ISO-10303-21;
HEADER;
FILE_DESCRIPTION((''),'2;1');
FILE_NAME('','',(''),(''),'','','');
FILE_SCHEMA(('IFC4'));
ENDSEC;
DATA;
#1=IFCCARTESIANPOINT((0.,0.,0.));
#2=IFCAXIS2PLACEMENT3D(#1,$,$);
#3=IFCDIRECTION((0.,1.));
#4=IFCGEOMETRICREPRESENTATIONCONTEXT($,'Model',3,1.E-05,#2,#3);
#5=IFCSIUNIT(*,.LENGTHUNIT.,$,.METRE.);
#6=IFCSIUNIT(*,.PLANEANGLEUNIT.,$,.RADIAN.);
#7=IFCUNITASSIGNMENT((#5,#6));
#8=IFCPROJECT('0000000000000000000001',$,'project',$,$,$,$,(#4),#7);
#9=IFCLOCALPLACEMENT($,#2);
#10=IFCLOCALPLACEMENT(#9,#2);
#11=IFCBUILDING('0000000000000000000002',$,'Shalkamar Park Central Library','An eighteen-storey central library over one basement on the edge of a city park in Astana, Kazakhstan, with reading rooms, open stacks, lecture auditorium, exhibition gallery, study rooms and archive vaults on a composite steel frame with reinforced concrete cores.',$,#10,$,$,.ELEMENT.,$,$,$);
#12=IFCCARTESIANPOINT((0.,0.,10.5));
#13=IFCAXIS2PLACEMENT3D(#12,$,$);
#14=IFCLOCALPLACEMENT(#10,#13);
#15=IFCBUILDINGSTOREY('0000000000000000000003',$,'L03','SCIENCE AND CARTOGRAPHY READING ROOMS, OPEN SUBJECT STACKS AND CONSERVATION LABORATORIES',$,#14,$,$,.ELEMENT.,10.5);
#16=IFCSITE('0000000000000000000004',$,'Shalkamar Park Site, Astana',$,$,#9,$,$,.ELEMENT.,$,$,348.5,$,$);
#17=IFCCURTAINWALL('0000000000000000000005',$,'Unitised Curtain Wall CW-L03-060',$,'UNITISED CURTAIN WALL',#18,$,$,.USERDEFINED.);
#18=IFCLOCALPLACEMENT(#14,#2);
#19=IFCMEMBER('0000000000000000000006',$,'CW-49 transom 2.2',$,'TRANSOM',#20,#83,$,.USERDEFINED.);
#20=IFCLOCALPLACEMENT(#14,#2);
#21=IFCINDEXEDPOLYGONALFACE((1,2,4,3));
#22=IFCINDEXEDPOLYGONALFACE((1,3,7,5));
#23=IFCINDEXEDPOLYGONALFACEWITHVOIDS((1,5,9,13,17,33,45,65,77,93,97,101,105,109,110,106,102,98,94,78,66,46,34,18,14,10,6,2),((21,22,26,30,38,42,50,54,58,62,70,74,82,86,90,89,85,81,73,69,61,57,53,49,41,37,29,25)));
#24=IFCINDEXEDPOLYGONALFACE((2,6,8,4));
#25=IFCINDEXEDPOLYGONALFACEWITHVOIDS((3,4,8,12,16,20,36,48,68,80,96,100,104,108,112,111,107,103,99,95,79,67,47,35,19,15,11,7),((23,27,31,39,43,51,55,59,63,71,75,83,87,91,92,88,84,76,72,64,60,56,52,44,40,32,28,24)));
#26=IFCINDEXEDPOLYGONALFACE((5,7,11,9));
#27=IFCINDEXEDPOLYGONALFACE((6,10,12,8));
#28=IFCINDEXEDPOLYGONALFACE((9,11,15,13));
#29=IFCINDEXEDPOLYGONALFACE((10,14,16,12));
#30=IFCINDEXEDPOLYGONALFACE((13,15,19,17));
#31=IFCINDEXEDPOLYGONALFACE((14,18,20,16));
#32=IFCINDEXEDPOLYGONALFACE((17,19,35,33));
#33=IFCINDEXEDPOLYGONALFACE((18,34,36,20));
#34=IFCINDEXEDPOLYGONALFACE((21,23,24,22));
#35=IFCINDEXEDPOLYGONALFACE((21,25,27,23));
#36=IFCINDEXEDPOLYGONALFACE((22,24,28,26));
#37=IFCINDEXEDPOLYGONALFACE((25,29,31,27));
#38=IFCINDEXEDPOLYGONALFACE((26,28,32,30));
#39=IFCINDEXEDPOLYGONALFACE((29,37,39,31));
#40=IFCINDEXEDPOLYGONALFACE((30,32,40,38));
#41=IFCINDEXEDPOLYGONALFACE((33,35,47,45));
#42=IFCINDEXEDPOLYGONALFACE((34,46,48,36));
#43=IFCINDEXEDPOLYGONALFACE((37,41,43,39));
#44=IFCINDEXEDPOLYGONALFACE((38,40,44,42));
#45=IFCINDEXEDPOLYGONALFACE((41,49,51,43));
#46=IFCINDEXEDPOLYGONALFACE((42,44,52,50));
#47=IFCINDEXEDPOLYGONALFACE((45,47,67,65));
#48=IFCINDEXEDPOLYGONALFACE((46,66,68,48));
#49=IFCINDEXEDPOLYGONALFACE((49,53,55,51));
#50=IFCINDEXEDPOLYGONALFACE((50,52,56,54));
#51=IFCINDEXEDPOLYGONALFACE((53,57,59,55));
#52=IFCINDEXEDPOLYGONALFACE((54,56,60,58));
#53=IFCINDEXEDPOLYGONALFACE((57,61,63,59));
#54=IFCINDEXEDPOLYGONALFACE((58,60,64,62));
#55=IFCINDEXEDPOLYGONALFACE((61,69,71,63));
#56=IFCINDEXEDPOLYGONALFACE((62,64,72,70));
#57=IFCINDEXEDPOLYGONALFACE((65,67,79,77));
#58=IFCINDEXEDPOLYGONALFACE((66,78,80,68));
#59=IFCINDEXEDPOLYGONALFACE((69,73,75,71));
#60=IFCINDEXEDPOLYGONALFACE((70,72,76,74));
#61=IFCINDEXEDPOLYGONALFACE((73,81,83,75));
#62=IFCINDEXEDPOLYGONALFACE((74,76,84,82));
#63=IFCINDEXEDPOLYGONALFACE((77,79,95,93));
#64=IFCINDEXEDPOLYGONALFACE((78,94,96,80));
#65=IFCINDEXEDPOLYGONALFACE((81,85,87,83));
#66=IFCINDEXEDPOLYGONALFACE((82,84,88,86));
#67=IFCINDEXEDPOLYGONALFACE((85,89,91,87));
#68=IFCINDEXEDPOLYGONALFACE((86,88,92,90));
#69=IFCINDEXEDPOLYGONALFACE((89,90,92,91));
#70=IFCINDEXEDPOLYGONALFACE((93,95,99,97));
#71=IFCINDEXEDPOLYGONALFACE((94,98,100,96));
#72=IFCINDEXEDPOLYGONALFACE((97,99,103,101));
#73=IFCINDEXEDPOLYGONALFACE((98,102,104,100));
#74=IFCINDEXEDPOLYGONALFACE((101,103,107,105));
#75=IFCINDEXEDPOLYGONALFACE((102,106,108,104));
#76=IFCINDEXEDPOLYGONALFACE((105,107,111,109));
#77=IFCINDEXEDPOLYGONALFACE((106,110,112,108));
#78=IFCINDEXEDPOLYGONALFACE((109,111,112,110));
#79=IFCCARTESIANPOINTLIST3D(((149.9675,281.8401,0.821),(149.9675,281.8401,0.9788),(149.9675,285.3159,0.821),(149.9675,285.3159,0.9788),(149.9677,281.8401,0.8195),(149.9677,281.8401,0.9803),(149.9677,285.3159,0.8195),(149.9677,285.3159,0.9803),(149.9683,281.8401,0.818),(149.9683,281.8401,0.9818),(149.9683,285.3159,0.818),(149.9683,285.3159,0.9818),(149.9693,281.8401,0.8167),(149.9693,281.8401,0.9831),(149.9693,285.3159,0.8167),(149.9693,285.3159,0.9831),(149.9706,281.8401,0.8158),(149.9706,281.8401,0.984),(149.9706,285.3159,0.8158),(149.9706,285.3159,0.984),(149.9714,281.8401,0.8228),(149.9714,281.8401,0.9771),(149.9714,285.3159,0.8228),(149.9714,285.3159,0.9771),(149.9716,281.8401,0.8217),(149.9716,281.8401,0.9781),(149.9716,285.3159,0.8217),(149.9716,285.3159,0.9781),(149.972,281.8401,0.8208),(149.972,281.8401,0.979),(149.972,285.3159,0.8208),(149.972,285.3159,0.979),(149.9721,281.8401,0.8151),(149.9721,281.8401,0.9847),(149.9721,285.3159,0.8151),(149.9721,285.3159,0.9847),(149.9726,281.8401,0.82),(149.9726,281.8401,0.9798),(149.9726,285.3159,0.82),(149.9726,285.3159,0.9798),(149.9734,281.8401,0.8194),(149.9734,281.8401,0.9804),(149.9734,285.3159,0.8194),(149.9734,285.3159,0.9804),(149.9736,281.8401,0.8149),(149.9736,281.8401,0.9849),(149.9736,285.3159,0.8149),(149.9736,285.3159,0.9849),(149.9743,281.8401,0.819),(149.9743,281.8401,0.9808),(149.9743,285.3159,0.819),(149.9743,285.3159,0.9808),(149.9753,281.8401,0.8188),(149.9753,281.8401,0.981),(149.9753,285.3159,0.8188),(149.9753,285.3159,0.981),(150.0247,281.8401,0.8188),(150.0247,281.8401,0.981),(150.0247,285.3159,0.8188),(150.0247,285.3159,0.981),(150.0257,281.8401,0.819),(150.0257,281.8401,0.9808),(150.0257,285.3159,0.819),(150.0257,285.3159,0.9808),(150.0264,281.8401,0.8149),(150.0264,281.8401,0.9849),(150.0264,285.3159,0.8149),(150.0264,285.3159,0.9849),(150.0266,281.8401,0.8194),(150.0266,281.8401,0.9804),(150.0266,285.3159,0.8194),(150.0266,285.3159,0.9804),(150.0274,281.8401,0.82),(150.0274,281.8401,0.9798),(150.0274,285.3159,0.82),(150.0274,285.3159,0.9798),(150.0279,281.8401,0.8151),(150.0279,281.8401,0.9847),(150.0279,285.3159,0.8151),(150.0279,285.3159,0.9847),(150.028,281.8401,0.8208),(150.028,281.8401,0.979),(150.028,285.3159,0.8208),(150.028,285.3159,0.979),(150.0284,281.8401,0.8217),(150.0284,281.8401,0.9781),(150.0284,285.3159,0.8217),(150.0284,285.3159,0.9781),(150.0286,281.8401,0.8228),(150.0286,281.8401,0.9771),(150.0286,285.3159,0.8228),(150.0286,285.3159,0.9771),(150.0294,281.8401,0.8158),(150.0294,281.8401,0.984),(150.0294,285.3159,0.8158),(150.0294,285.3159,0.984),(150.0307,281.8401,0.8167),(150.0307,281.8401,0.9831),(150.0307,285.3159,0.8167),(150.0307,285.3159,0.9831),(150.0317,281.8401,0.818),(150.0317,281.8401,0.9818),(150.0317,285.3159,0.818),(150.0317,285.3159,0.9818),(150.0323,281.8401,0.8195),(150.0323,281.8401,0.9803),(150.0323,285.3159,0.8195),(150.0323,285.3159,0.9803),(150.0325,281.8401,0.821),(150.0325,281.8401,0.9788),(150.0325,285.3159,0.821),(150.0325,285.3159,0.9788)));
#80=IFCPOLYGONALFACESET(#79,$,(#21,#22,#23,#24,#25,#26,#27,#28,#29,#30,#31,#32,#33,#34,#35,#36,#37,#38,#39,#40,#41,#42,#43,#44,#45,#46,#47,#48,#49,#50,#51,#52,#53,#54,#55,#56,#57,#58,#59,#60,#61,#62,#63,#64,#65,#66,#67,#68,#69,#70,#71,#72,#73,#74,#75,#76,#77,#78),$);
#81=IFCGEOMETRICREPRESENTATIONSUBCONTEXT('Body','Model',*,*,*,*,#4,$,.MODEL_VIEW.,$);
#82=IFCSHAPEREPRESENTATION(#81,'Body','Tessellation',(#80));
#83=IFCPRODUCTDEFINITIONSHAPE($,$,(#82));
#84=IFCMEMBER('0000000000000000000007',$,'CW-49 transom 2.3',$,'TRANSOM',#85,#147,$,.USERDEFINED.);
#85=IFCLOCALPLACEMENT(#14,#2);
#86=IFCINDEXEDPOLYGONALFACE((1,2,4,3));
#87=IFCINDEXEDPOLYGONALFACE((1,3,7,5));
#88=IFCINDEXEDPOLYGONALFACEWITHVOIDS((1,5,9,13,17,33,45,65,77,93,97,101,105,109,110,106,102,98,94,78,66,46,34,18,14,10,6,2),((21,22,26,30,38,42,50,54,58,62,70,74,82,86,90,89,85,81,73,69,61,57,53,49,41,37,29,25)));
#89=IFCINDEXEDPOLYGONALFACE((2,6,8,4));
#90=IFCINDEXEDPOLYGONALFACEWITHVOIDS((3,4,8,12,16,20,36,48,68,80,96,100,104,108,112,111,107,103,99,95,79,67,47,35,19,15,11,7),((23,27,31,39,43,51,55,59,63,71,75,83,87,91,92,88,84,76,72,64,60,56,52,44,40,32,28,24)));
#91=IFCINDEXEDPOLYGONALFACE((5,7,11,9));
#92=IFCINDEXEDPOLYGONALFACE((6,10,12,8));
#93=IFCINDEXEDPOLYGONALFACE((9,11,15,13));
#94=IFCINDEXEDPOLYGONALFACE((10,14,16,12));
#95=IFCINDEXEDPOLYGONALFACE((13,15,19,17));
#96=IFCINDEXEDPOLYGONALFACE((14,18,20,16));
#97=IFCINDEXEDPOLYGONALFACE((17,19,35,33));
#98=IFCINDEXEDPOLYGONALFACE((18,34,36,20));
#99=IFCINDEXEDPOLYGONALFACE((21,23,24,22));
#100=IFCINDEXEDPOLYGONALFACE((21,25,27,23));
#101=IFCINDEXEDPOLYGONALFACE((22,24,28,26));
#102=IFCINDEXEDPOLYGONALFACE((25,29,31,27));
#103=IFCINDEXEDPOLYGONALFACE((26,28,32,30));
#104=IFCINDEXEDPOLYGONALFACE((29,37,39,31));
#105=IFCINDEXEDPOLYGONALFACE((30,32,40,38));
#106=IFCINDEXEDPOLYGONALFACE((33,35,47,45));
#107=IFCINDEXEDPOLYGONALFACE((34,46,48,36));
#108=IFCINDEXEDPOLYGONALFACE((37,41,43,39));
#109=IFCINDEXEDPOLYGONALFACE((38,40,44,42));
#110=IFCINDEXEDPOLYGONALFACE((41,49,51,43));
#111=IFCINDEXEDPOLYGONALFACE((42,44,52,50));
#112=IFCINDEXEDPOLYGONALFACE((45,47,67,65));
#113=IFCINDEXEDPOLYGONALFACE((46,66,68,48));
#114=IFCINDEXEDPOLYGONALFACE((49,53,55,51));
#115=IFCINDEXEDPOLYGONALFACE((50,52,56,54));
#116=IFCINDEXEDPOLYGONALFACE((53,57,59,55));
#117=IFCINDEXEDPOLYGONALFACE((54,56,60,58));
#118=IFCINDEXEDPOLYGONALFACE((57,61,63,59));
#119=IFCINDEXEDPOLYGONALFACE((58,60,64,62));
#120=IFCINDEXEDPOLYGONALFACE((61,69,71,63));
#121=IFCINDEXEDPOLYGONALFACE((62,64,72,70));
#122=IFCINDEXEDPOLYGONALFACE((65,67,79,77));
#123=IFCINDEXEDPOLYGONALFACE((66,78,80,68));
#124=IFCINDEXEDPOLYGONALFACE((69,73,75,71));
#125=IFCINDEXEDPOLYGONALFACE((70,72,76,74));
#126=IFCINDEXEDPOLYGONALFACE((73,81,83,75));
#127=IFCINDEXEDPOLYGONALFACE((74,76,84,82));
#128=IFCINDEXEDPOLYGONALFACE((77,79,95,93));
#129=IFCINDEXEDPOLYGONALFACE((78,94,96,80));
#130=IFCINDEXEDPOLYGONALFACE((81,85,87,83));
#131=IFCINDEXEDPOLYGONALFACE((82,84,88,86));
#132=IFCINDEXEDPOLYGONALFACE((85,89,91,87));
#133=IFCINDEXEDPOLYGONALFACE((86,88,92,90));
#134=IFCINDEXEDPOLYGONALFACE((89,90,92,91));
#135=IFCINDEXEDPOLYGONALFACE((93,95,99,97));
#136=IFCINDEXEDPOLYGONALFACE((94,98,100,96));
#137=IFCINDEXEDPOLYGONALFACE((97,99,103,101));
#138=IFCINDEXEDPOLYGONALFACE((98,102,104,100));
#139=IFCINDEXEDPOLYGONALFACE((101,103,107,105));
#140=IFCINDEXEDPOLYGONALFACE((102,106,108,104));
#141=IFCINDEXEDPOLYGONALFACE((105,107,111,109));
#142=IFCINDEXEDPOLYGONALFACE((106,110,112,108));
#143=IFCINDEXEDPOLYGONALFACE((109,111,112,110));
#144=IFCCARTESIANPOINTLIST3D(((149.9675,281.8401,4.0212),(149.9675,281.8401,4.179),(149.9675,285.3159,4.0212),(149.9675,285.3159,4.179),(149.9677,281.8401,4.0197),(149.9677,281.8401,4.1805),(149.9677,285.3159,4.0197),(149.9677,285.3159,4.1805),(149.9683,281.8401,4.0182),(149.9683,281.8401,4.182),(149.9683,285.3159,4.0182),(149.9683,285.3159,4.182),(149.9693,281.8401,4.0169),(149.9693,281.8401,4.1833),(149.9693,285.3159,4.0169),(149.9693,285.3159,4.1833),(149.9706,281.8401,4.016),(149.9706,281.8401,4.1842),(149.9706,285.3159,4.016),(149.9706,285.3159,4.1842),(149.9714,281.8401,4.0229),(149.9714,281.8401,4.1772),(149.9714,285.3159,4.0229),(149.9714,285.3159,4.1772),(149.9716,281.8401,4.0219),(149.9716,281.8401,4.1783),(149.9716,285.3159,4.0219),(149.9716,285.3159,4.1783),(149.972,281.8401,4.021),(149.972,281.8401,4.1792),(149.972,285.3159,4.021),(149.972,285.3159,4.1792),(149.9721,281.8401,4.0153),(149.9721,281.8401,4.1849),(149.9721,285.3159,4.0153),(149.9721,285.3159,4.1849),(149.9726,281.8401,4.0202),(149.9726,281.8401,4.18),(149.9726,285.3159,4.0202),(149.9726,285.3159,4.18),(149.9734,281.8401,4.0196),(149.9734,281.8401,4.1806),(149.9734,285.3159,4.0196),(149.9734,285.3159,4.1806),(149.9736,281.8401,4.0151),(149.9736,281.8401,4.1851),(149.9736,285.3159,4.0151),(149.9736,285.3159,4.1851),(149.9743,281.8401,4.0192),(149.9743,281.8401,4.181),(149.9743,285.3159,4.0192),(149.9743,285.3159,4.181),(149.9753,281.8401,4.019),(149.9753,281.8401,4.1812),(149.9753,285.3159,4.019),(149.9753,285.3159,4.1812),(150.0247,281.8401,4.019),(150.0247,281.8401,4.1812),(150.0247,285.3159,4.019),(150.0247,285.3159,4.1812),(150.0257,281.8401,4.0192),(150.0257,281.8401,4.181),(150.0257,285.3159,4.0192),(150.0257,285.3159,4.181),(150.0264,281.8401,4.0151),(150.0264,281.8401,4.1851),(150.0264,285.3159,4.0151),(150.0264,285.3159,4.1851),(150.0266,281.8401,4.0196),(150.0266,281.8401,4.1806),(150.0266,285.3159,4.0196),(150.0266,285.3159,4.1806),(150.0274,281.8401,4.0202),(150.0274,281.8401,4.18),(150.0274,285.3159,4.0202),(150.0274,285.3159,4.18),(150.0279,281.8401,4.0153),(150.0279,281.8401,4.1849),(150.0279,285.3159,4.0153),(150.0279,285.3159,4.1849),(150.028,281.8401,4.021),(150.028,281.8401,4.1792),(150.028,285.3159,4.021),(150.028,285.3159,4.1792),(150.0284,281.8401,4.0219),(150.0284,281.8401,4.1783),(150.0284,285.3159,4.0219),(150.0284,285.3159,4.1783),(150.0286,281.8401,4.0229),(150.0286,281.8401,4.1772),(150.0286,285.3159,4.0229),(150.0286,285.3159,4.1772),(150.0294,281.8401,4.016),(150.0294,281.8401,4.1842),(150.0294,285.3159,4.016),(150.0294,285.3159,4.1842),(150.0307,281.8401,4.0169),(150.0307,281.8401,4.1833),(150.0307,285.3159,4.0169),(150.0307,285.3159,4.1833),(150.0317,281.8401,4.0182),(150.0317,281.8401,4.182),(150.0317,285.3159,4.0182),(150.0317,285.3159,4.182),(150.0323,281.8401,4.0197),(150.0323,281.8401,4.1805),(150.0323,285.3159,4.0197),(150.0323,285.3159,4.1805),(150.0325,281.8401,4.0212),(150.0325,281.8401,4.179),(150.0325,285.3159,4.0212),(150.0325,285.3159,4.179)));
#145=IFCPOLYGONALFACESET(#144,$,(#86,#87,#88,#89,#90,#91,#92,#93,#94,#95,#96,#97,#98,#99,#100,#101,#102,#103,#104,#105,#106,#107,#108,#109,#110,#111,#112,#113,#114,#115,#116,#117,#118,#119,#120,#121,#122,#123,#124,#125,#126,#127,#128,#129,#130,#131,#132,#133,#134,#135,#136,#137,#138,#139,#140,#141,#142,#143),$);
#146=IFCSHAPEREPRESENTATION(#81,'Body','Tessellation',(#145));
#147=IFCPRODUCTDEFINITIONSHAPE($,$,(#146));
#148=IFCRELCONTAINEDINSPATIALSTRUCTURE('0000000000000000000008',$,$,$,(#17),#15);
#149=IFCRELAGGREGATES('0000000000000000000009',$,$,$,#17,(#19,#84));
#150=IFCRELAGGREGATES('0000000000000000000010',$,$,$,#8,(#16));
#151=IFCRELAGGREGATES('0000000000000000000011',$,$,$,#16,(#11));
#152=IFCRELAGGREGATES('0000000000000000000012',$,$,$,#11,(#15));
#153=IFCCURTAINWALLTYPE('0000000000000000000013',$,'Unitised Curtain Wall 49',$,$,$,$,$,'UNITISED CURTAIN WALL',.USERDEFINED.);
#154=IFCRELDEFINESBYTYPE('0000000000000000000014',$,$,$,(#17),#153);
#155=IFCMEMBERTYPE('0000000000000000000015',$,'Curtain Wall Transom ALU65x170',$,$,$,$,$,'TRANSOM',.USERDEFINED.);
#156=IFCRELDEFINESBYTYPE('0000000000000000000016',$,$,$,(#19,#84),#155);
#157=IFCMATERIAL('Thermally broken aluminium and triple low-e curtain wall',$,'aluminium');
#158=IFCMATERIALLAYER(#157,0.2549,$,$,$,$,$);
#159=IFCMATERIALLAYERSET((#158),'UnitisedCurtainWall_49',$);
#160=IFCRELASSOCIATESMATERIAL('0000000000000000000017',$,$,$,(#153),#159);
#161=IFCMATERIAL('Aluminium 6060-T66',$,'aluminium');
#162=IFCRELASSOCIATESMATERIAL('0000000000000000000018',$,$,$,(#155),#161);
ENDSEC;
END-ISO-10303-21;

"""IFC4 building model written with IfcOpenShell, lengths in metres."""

from ifc_helpers import new_model, si_unit, direction, frame, origin, origin_2d, place, context, subcontext, project, spatial, hollow_rectangle, extrude, material, layer, layer_set, material_profile, profile_set, type_object, element, aggregate, save


model = new_model("IFC4")

# Units and contexts
model_context = context("Model", 3, precision=1e-05, world=origin(), true_north=direction((0.0, 1.0)))
body_context = subcontext(model_context, "Body", "Model", "MODEL_VIEW")
ifc_project = project(units=[si_unit("LENGTHUNIT", "METRE"), si_unit("PLANEANGLEUNIT", "RADIAN")], contexts=[model_context])

# Site, building, storey
site_placement = place(None, origin())
site = spatial("IfcSite", under=ifc_project, at=site_placement, Name="Shalkamar Park Site, Astana", CompositionType="ELEMENT", RefElevation=348.5)
building_placement = place(site_placement, origin())
building = spatial("IfcBuilding", under=site, at=building_placement, Name="Shalkamar Park Central Library", Description="An eighteen-storey central library over one basement on the edge of a city park in Astana, Kazakhstan, with reading rooms, open stacks, lecture auditorium, exhibition gallery, study rooms and archive vaults on a composite steel frame with reinforced concrete cores.", CompositionType="ELEMENT")
storey_placement = place(building_placement, frame((0.0, 0.0, 10.5)))
storey = spatial("IfcBuildingStorey", under=building, at=storey_placement, Name="L03", Description="SCIENCE AND CARTOGRAPHY READING ROOMS, OPEN SUBJECT STACKS AND CONSERVATION LABORATORIES", CompositionType="ELEMENT", Elevation=10.5)

# Curtain wall, members
ifc_material_1 = material(Name="Thermally broken aluminium and triple low-e curtain wall", Category="aluminium")
ifc_layer_1 = layer(ifc_material_1, 0.2549)
ifc_layer_set_1 = layer_set([ifc_layer_1], Name="UnitisedCurtainWall_49")
curtain_wall_type = type_object("IfcCurtainWallType", Name="Unitised Curtain Wall 49", ElementType="UNITISED CURTAIN WALL", PredefinedType="USERDEFINED", material=ifc_layer_set_1)
curtain_wall_placement = place(storey_placement, origin())
curtain_wall = element("IfcCurtainWall", 1, at=curtain_wall_placement, inside=storey, type_object=curtain_wall_type, Name="Unitised Curtain Wall CW-L03-060", ObjectType="UNITISED CURTAIN WALL", PredefinedType="USERDEFINED")
ifc_material_2 = material(Name="Aluminium 6060-T66", Category="aluminium")
ifc_material_profile_1 = material_profile(ifc_material_2, hollow_rectangle(XDim=0.0649, YDim=0.1699, WallThickness=0.0039, InnerFilletRadius=0.0039, OuterFilletRadius=0.0061, at=origin_2d()), Name="ALU 65x170x4")
ifc_profile_set_1 = profile_set([ifc_material_profile_1], Name="Aluminium 6060-T66")
member_type_1 = type_object("IfcMemberType", Name="Curtain Wall Transom ALU65x170", ElementType="TRANSOM", PredefinedType="USERDEFINED", material=ifc_profile_set_1)
member_1_placement = place(storey_placement, frame((150.0, 281.8401, 0.8999), z_axis=(0.0, 1.0, 0.0), x_axis=(-1.0, 0.0, 0.0)))
member_1 = element("IfcMember", 2, at=member_1_placement, type_object=member_type_1, Name="CW-49 transom 2.2", ObjectType="TRANSOM", PredefinedType="USERDEFINED", context=body_context, shape_type="SweptSolid", body=[
    extrude(hollow_rectangle(XDim=0.0649, YDim=0.1699, WallThickness=0.0039, InnerFilletRadius=0.0039, OuterFilletRadius=0.0061, at=origin_2d()), origin(), (0.0, 0.0, 1.0), 3.4758),
])
member_2_placement = place(storey_placement, frame((150.0, 281.8401, 4.1001), z_axis=(0.0, 1.0, 0.0), x_axis=(-1.0, 0.0, 0.0)))
member_2 = element("IfcMember", 3, at=member_2_placement, type_object=member_type_1, Name="CW-49 transom 2.3", ObjectType="TRANSOM", PredefinedType="USERDEFINED", context=body_context, shape_type="SweptSolid", body=[
    extrude(hollow_rectangle(XDim=0.0649, YDim=0.1699, WallThickness=0.0039, InnerFilletRadius=0.0039, OuterFilletRadius=0.0061, at=origin_2d()), origin(), (0.0, 0.0, 1.0), 3.4758),
])
aggregate(curtain_wall, [member_1, member_2])

save(model, "model.ifc")
